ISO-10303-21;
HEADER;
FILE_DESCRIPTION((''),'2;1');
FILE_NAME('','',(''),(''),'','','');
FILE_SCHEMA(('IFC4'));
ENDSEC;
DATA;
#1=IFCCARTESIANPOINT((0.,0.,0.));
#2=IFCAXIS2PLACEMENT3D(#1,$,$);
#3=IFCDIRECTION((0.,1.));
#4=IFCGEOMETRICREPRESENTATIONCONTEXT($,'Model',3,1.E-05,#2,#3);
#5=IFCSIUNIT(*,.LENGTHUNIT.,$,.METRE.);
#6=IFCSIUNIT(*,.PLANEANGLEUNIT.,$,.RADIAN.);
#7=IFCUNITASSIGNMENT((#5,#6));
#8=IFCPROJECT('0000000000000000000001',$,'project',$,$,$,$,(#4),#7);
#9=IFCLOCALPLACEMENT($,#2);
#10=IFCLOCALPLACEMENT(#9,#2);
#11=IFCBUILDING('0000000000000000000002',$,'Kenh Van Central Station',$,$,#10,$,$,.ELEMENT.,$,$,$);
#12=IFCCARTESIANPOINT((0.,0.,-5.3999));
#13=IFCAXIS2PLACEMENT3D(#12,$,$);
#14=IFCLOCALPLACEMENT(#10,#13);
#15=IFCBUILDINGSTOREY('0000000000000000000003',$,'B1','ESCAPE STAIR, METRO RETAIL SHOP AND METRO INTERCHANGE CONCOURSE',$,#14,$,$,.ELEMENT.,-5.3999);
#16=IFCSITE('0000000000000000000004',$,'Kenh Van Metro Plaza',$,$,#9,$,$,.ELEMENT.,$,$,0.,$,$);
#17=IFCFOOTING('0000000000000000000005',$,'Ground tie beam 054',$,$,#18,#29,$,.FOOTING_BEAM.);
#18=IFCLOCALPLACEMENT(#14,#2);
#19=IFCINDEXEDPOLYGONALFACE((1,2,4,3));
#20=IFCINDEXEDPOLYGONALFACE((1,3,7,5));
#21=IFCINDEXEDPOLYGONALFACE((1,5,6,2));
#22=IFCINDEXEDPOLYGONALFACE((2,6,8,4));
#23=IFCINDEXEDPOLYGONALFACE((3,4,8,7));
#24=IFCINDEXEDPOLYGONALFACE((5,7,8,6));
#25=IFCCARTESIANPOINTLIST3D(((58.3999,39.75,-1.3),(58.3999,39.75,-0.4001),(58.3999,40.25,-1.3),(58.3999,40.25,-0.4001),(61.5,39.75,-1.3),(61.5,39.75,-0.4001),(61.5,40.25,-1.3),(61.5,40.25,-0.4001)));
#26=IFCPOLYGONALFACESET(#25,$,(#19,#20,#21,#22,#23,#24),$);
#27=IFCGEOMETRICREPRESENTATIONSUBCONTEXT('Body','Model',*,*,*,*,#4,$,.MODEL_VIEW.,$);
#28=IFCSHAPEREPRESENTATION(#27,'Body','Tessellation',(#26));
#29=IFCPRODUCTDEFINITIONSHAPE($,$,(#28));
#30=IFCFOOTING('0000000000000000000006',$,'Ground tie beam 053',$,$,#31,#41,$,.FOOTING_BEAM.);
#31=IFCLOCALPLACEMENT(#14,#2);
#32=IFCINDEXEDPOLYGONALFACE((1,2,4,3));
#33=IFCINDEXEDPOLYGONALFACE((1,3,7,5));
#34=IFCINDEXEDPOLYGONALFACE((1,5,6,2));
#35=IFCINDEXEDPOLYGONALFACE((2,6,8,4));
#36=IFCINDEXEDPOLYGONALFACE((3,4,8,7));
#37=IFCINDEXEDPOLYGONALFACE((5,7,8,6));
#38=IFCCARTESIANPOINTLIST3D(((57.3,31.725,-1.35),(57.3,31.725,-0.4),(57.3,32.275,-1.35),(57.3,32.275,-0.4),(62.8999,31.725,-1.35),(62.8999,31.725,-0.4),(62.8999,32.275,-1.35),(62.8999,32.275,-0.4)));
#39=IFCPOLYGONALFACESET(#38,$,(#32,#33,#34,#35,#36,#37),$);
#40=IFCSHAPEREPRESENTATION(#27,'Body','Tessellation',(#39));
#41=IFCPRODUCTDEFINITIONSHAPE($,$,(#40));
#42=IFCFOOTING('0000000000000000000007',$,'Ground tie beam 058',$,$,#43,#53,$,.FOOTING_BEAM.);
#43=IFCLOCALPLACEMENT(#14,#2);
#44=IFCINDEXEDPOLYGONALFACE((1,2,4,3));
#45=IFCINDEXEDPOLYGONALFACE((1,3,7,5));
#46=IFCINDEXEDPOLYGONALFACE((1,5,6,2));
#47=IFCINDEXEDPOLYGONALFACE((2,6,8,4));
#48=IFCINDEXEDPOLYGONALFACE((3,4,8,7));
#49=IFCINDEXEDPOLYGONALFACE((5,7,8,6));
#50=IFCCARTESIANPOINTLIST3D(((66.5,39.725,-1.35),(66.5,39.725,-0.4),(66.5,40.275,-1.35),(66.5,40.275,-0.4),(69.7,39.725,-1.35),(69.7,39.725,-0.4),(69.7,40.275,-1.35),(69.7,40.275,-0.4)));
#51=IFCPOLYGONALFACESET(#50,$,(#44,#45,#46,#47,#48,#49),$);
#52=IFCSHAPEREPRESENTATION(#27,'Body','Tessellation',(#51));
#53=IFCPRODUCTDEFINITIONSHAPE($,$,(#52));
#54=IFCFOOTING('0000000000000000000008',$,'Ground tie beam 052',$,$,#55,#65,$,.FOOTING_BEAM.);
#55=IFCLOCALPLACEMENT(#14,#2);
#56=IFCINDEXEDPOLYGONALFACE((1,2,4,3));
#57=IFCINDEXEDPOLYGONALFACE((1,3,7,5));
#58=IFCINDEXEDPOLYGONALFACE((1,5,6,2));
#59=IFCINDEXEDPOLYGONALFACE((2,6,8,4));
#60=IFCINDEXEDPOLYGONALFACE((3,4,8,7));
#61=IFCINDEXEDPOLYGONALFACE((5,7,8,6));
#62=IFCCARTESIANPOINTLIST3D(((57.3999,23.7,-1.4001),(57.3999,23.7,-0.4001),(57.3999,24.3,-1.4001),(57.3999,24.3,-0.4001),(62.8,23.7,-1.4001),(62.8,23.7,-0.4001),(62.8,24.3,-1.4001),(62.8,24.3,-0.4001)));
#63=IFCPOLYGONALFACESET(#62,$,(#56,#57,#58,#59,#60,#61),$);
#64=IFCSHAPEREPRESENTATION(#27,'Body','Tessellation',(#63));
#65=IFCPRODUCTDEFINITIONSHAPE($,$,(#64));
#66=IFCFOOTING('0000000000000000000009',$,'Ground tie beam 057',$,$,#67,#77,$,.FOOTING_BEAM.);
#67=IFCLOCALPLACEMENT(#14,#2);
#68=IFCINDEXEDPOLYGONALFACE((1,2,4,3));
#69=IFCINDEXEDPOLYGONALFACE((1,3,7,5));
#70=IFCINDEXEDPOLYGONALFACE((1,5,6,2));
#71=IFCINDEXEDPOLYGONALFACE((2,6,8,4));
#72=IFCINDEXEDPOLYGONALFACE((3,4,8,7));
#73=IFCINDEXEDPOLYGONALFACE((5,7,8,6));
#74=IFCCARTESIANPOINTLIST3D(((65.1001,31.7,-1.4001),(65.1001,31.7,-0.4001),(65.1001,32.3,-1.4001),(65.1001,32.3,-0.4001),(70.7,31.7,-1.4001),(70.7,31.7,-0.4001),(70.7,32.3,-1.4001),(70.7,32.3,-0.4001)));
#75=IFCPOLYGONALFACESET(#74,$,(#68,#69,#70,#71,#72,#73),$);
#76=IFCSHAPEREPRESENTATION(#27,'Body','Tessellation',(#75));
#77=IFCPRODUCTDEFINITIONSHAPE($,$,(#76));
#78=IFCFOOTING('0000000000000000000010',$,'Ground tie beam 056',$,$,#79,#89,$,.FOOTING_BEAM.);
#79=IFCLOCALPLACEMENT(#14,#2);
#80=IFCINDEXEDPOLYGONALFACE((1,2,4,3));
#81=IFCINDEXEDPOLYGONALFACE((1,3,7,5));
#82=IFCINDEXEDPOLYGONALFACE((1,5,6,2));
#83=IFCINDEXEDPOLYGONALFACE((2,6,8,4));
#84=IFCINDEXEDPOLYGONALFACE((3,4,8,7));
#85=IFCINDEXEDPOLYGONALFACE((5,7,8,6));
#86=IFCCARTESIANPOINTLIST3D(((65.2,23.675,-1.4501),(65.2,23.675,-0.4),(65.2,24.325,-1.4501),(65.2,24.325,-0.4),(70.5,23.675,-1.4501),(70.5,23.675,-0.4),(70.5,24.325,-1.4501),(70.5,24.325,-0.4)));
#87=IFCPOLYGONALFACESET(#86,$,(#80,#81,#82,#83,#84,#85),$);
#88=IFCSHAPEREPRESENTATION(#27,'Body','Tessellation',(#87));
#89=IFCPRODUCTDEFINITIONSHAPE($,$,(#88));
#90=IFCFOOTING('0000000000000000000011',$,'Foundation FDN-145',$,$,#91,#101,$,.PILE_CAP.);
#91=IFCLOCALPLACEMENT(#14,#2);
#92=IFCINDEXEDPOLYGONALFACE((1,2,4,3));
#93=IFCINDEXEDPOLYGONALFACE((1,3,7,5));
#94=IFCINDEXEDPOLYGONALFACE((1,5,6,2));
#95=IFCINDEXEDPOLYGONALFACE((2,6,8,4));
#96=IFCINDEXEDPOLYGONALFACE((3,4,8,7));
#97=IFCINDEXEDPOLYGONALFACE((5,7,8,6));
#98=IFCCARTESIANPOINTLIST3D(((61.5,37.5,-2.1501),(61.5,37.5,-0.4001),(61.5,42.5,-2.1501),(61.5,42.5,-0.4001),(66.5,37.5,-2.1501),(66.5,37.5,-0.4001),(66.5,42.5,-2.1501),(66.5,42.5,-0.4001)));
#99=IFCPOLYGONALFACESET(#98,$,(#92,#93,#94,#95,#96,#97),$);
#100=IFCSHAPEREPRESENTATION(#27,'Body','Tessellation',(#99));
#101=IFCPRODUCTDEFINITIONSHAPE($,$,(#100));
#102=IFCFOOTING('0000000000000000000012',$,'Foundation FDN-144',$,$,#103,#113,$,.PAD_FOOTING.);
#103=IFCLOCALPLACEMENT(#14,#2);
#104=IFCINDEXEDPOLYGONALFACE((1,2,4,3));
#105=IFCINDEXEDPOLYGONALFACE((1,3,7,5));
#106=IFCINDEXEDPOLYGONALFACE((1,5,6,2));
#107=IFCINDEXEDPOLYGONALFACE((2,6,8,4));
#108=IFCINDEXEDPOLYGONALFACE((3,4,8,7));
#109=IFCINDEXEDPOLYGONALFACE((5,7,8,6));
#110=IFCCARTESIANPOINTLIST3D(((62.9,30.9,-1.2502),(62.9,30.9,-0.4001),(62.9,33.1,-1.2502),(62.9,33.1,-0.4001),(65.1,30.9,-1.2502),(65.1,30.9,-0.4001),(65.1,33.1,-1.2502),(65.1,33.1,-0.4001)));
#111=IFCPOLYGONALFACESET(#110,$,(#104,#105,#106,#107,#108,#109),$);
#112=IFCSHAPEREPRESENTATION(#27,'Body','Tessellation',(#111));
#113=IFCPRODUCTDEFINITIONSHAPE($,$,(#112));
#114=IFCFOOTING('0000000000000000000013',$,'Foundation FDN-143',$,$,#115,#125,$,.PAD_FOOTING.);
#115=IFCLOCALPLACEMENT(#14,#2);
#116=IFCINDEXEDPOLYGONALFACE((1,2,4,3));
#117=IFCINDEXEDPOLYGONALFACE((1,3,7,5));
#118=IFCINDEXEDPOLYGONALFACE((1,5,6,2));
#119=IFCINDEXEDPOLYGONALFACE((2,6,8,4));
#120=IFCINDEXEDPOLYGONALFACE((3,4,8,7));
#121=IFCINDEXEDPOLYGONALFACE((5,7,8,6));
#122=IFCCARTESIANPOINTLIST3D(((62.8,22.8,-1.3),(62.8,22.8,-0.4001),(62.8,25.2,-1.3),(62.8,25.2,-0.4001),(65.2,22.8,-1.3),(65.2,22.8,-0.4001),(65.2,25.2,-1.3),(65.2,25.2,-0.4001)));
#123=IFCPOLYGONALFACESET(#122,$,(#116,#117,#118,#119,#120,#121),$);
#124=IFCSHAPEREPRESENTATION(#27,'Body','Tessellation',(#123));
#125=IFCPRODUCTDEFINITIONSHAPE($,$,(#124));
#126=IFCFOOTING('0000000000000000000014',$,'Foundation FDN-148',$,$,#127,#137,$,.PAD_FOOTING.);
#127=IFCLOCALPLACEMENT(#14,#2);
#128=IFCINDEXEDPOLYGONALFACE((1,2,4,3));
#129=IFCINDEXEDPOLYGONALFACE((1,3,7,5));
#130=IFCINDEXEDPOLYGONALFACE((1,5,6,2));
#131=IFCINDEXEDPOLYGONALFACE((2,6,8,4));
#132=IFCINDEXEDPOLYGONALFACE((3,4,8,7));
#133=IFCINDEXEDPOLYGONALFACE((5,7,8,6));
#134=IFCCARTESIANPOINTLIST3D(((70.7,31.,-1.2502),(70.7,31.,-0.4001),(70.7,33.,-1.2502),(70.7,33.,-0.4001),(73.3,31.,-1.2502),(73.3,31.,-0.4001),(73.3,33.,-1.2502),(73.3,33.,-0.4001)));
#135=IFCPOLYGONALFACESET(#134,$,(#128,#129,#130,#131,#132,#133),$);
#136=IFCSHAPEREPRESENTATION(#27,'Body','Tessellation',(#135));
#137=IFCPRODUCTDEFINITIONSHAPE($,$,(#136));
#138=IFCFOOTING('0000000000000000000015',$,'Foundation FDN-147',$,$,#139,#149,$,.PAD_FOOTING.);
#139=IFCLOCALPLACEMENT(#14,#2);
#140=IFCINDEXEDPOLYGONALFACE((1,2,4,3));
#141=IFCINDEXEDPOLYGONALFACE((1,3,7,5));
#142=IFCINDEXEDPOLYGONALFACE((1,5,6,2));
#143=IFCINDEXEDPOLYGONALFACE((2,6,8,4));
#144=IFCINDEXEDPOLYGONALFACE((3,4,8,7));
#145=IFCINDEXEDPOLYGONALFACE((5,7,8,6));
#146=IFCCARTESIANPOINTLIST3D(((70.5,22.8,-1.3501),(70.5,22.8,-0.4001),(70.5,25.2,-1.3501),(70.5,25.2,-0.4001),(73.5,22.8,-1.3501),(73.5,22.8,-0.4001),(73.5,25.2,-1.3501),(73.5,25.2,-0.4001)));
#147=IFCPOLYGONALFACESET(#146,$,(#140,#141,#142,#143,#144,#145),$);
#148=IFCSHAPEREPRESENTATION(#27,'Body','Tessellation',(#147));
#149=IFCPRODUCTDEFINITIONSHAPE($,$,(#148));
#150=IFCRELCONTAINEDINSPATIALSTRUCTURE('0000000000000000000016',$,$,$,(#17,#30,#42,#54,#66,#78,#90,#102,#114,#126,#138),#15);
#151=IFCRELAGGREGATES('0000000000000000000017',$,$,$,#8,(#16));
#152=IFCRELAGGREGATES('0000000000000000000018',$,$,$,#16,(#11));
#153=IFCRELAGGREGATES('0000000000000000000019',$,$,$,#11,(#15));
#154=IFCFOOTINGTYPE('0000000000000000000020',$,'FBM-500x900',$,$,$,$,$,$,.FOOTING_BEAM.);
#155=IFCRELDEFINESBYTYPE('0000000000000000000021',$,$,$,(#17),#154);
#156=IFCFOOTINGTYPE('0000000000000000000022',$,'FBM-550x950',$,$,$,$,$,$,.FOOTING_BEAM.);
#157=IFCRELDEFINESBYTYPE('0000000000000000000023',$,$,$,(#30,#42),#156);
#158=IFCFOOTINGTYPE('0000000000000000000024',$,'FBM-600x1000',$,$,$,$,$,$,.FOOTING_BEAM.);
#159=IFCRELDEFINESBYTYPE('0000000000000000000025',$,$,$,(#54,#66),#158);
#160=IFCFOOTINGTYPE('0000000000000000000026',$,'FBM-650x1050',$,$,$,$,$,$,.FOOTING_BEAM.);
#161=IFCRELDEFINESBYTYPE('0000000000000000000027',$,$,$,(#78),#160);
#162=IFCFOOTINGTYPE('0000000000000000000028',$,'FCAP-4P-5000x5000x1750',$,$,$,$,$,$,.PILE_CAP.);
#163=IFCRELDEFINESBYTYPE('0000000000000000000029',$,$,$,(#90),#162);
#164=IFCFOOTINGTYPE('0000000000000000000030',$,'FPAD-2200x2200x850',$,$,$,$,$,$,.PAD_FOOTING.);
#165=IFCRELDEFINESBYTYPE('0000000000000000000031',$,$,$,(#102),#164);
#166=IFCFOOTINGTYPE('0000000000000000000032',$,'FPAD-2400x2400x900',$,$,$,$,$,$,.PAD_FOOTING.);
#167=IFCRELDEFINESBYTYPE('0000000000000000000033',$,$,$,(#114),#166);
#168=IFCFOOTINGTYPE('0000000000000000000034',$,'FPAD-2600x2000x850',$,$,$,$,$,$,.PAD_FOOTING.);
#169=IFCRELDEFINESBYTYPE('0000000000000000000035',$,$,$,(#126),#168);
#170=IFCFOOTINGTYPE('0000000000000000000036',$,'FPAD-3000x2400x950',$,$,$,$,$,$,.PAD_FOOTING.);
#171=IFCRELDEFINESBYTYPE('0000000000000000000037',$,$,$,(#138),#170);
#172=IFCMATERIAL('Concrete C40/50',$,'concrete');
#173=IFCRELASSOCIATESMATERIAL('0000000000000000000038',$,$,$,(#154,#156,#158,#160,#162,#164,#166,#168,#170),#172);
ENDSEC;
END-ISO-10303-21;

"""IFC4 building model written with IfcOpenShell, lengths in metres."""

from ifc_helpers import new_model, si_unit, direction, frame, origin, origin_2d, place, context, subcontext, project, spatial, rectangle, extrude, material, material_profile, profile_set, type_object, element, save


model = new_model("IFC4")

# Units and contexts
model_context = context("Model", 3, precision=1e-05, world=origin(), true_north=direction((0.0, 1.0)))
body_context = subcontext(model_context, "Body", "Model", "MODEL_VIEW")
ifc_project = project(units=[si_unit("LENGTHUNIT", "METRE"), si_unit("PLANEANGLEUNIT", "RADIAN")], contexts=[model_context])

# Site, building, storey
site_placement = place(None, origin())
site = spatial("IfcSite", under=ifc_project, at=site_placement, Name="Kenh Van Metro Plaza", CompositionType="ELEMENT", RefElevation=0.0)
building_placement = place(site_placement, origin())
building = spatial("IfcBuilding", under=site, at=building_placement, Name="Kenh Van Central Station", CompositionType="ELEMENT")
storey_placement = place(building_placement, frame((0.0, 0.0, -5.3999)))
storey = spatial("IfcBuildingStorey", under=building, at=storey_placement, Name="B1", Description="ESCAPE STAIR, METRO RETAIL SHOP AND METRO INTERCHANGE CONCOURSE", CompositionType="ELEMENT", Elevation=-5.3999)

# Footings
ifc_material_1 = material(Name="Concrete C40/50", Category="concrete")
ifc_material_profile_1 = material_profile(ifc_material_1, rectangle(XDim=0.5, YDim=0.8999, at=origin_2d()), Name="RC 500x900")
ifc_profile_set_1 = profile_set([ifc_material_profile_1], Name="Concrete C40/50")
footing_type_1 = type_object("IfcFootingType", Name="FBM-500x900", PredefinedType="FOOTING_BEAM", material=ifc_profile_set_1)
footing_1_placement = place(storey_placement, frame((58.3999, 40.0, -0.8501), z_axis=(1.0, 0.0, 0.0), x_axis=(0.0, 1.0, 0.0)))
element("IfcFooting", 1, at=footing_1_placement, inside=storey, type_object=footing_type_1, Name="Ground tie beam 054", PredefinedType="FOOTING_BEAM", context=body_context, shape_type="SweptSolid", body=[
    extrude(rectangle(XDim=0.5, YDim=0.8999, at=origin_2d()), origin(), (0.0, 0.0, 1.0), 3.1001),
])
ifc_material_profile_2 = material_profile(ifc_material_1, rectangle(XDim=0.55, YDim=0.95, at=origin_2d()), Name="RC 550x950")
ifc_profile_set_2 = profile_set([ifc_material_profile_2], Name="Concrete C40/50")
footing_type_2 = type_object("IfcFootingType", Name="FBM-550x950", PredefinedType="FOOTING_BEAM", material=ifc_profile_set_2)
footing_2_placement = place(storey_placement, frame((57.3, 32.0, -0.875), z_axis=(1.0, 0.0, 0.0), x_axis=(0.0, 1.0, 0.0)))
element("IfcFooting", 2, at=footing_2_placement, inside=storey, type_object=footing_type_2, Name="Ground tie beam 053", PredefinedType="FOOTING_BEAM", context=body_context, shape_type="SweptSolid", body=[
    extrude(rectangle(XDim=0.55, YDim=0.95, at=origin_2d()), origin(), (0.0, 0.0, 1.0), 5.5999),
])
footing_3_placement = place(storey_placement, frame((66.5, 40.0, -0.875), z_axis=(1.0, 0.0, 0.0), x_axis=(0.0, 1.0, 0.0)))
element("IfcFooting", 3, at=footing_3_placement, inside=storey, type_object=footing_type_2, Name="Ground tie beam 058", PredefinedType="FOOTING_BEAM", context=body_context, shape_type="SweptSolid", body=[
    extrude(rectangle(XDim=0.55, YDim=0.95, at=origin_2d()), origin(), (0.0, 0.0, 1.0), 3.2),
])
ifc_material_profile_3 = material_profile(ifc_material_1, rectangle(XDim=0.6001, YDim=1.0, at=origin_2d()), Name="RC 600x1000")
ifc_profile_set_3 = profile_set([ifc_material_profile_3], Name="Concrete C40/50")
footing_type_3 = type_object("IfcFootingType", Name="FBM-600x1000", PredefinedType="FOOTING_BEAM", material=ifc_profile_set_3)
footing_4_placement = place(storey_placement, frame((57.3999, 24.0, -0.9001), z_axis=(1.0, 0.0, 0.0), x_axis=(0.0, 1.0, 0.0)))
element("IfcFooting", 4, at=footing_4_placement, inside=storey, type_object=footing_type_3, Name="Ground tie beam 052", PredefinedType="FOOTING_BEAM", context=body_context, shape_type="SweptSolid", body=[
    extrude(rectangle(XDim=0.6001, YDim=1.0, at=origin_2d()), origin(), (0.0, 0.0, 1.0), 5.4001),
])
footing_5_placement = place(storey_placement, frame((65.1001, 32.0, -0.9001), z_axis=(1.0, 0.0, 0.0), x_axis=(0.0, 1.0, 0.0)))
element("IfcFooting", 5, at=footing_5_placement, inside=storey, type_object=footing_type_3, Name="Ground tie beam 057", PredefinedType="FOOTING_BEAM", context=body_context, shape_type="SweptSolid", body=[
    extrude(rectangle(XDim=0.6001, YDim=1.0, at=origin_2d()), origin(), (0.0, 0.0, 1.0), 5.5999),
])
ifc_material_profile_4 = material_profile(ifc_material_1, rectangle(XDim=0.6499, YDim=1.05, at=origin_2d()), Name="RC 650x1050")
ifc_profile_set_4 = profile_set([ifc_material_profile_4], Name="Concrete C40/50")
footing_type_4 = type_object("IfcFootingType", Name="FBM-650x1050", PredefinedType="FOOTING_BEAM", material=ifc_profile_set_4)
footing_6_placement = place(storey_placement, frame((65.2, 24.0, -0.925), z_axis=(1.0, 0.0, 0.0), x_axis=(0.0, 1.0, 0.0)))
element("IfcFooting", 6, at=footing_6_placement, inside=storey, type_object=footing_type_4, Name="Ground tie beam 056", PredefinedType="FOOTING_BEAM", context=body_context, shape_type="SweptSolid", body=[
    extrude(rectangle(XDim=0.6499, YDim=1.05, at=origin_2d()), origin(), (0.0, 0.0, 1.0), 5.3),
])
footing_type_5 = type_object("IfcFootingType", Name="FCAP-4P-5000x5000x1750", PredefinedType="PILE_CAP", material=ifc_material_1)
footing_7_placement = place(storey_placement, frame((64.0, 40.0, -2.1501), z_axis=(0.0, 0.0, 1.0), x_axis=(1.0, 0.0, 0.0)))
element("IfcFooting", 7, at=footing_7_placement, inside=storey, type_object=footing_type_5, Name="Foundation FDN-145", PredefinedType="PILE_CAP", context=body_context, shape_type="SweptSolid", body=[
    extrude(rectangle(XDim=5.0, YDim=5.0, at=origin_2d()), origin(), (0.0, 0.0, 1.0), 1.75),
])
footing_type_6 = type_object("IfcFootingType", Name="FPAD-2200x2200x850", PredefinedType="PAD_FOOTING", material=ifc_material_1)
footing_8_placement = place(storey_placement, frame((64.0, 32.0, -1.2502), z_axis=(0.0, 0.0, 1.0), x_axis=(1.0, 0.0, 0.0)))
element("IfcFooting", 8, at=footing_8_placement, inside=storey, type_object=footing_type_6, Name="Foundation FDN-144", PredefinedType="PAD_FOOTING", context=body_context, shape_type="SweptSolid", body=[
    extrude(rectangle(XDim=2.2, YDim=2.2, at=origin_2d()), origin(), (0.0, 0.0, 1.0), 0.8501),
])
footing_type_7 = type_object("IfcFootingType", Name="FPAD-2400x2400x900", PredefinedType="PAD_FOOTING", material=ifc_material_1)
footing_9_placement = place(storey_placement, frame((64.0, 24.0, -1.3), z_axis=(0.0, 0.0, 1.0), x_axis=(1.0, 0.0, 0.0)))
element("IfcFooting", 9, at=footing_9_placement, inside=storey, type_object=footing_type_7, Name="Foundation FDN-143", PredefinedType="PAD_FOOTING", context=body_context, shape_type="SweptSolid", body=[
    extrude(rectangle(XDim=2.3999, YDim=2.3999, at=origin_2d()), origin(), (0.0, 0.0, 1.0), 0.8999),
])
footing_type_8 = type_object("IfcFootingType", Name="FPAD-2600x2000x850", PredefinedType="PAD_FOOTING", material=ifc_material_1)
footing_10_placement = place(storey_placement, frame((72.0, 32.0, -1.2502), z_axis=(0.0, 0.0, 1.0), x_axis=(1.0, 0.0, 0.0)))
element("IfcFooting", 10, at=footing_10_placement, inside=storey, type_object=footing_type_8, Name="Foundation FDN-148", PredefinedType="PAD_FOOTING", context=body_context, shape_type="SweptSolid", body=[
    extrude(rectangle(XDim=2.6001, YDim=2.0, at=origin_2d()), origin(), (0.0, 0.0, 1.0), 0.8501),
])
footing_type_9 = type_object("IfcFootingType", Name="FPAD-3000x2400x950", PredefinedType="PAD_FOOTING", material=ifc_material_1)
footing_11_placement = place(storey_placement, frame((72.0, 24.0, -1.3501), z_axis=(0.0, 0.0, 1.0), x_axis=(1.0, 0.0, 0.0)))
element("IfcFooting", 11, at=footing_11_placement, inside=storey, type_object=footing_type_9, Name="Foundation FDN-147", PredefinedType="PAD_FOOTING", context=body_context, shape_type="SweptSolid", body=[
    extrude(rectangle(XDim=3.0, YDim=2.3999, at=origin_2d()), origin(), (0.0, 0.0, 1.0), 0.95),
])

save(model, "model.ifc")
